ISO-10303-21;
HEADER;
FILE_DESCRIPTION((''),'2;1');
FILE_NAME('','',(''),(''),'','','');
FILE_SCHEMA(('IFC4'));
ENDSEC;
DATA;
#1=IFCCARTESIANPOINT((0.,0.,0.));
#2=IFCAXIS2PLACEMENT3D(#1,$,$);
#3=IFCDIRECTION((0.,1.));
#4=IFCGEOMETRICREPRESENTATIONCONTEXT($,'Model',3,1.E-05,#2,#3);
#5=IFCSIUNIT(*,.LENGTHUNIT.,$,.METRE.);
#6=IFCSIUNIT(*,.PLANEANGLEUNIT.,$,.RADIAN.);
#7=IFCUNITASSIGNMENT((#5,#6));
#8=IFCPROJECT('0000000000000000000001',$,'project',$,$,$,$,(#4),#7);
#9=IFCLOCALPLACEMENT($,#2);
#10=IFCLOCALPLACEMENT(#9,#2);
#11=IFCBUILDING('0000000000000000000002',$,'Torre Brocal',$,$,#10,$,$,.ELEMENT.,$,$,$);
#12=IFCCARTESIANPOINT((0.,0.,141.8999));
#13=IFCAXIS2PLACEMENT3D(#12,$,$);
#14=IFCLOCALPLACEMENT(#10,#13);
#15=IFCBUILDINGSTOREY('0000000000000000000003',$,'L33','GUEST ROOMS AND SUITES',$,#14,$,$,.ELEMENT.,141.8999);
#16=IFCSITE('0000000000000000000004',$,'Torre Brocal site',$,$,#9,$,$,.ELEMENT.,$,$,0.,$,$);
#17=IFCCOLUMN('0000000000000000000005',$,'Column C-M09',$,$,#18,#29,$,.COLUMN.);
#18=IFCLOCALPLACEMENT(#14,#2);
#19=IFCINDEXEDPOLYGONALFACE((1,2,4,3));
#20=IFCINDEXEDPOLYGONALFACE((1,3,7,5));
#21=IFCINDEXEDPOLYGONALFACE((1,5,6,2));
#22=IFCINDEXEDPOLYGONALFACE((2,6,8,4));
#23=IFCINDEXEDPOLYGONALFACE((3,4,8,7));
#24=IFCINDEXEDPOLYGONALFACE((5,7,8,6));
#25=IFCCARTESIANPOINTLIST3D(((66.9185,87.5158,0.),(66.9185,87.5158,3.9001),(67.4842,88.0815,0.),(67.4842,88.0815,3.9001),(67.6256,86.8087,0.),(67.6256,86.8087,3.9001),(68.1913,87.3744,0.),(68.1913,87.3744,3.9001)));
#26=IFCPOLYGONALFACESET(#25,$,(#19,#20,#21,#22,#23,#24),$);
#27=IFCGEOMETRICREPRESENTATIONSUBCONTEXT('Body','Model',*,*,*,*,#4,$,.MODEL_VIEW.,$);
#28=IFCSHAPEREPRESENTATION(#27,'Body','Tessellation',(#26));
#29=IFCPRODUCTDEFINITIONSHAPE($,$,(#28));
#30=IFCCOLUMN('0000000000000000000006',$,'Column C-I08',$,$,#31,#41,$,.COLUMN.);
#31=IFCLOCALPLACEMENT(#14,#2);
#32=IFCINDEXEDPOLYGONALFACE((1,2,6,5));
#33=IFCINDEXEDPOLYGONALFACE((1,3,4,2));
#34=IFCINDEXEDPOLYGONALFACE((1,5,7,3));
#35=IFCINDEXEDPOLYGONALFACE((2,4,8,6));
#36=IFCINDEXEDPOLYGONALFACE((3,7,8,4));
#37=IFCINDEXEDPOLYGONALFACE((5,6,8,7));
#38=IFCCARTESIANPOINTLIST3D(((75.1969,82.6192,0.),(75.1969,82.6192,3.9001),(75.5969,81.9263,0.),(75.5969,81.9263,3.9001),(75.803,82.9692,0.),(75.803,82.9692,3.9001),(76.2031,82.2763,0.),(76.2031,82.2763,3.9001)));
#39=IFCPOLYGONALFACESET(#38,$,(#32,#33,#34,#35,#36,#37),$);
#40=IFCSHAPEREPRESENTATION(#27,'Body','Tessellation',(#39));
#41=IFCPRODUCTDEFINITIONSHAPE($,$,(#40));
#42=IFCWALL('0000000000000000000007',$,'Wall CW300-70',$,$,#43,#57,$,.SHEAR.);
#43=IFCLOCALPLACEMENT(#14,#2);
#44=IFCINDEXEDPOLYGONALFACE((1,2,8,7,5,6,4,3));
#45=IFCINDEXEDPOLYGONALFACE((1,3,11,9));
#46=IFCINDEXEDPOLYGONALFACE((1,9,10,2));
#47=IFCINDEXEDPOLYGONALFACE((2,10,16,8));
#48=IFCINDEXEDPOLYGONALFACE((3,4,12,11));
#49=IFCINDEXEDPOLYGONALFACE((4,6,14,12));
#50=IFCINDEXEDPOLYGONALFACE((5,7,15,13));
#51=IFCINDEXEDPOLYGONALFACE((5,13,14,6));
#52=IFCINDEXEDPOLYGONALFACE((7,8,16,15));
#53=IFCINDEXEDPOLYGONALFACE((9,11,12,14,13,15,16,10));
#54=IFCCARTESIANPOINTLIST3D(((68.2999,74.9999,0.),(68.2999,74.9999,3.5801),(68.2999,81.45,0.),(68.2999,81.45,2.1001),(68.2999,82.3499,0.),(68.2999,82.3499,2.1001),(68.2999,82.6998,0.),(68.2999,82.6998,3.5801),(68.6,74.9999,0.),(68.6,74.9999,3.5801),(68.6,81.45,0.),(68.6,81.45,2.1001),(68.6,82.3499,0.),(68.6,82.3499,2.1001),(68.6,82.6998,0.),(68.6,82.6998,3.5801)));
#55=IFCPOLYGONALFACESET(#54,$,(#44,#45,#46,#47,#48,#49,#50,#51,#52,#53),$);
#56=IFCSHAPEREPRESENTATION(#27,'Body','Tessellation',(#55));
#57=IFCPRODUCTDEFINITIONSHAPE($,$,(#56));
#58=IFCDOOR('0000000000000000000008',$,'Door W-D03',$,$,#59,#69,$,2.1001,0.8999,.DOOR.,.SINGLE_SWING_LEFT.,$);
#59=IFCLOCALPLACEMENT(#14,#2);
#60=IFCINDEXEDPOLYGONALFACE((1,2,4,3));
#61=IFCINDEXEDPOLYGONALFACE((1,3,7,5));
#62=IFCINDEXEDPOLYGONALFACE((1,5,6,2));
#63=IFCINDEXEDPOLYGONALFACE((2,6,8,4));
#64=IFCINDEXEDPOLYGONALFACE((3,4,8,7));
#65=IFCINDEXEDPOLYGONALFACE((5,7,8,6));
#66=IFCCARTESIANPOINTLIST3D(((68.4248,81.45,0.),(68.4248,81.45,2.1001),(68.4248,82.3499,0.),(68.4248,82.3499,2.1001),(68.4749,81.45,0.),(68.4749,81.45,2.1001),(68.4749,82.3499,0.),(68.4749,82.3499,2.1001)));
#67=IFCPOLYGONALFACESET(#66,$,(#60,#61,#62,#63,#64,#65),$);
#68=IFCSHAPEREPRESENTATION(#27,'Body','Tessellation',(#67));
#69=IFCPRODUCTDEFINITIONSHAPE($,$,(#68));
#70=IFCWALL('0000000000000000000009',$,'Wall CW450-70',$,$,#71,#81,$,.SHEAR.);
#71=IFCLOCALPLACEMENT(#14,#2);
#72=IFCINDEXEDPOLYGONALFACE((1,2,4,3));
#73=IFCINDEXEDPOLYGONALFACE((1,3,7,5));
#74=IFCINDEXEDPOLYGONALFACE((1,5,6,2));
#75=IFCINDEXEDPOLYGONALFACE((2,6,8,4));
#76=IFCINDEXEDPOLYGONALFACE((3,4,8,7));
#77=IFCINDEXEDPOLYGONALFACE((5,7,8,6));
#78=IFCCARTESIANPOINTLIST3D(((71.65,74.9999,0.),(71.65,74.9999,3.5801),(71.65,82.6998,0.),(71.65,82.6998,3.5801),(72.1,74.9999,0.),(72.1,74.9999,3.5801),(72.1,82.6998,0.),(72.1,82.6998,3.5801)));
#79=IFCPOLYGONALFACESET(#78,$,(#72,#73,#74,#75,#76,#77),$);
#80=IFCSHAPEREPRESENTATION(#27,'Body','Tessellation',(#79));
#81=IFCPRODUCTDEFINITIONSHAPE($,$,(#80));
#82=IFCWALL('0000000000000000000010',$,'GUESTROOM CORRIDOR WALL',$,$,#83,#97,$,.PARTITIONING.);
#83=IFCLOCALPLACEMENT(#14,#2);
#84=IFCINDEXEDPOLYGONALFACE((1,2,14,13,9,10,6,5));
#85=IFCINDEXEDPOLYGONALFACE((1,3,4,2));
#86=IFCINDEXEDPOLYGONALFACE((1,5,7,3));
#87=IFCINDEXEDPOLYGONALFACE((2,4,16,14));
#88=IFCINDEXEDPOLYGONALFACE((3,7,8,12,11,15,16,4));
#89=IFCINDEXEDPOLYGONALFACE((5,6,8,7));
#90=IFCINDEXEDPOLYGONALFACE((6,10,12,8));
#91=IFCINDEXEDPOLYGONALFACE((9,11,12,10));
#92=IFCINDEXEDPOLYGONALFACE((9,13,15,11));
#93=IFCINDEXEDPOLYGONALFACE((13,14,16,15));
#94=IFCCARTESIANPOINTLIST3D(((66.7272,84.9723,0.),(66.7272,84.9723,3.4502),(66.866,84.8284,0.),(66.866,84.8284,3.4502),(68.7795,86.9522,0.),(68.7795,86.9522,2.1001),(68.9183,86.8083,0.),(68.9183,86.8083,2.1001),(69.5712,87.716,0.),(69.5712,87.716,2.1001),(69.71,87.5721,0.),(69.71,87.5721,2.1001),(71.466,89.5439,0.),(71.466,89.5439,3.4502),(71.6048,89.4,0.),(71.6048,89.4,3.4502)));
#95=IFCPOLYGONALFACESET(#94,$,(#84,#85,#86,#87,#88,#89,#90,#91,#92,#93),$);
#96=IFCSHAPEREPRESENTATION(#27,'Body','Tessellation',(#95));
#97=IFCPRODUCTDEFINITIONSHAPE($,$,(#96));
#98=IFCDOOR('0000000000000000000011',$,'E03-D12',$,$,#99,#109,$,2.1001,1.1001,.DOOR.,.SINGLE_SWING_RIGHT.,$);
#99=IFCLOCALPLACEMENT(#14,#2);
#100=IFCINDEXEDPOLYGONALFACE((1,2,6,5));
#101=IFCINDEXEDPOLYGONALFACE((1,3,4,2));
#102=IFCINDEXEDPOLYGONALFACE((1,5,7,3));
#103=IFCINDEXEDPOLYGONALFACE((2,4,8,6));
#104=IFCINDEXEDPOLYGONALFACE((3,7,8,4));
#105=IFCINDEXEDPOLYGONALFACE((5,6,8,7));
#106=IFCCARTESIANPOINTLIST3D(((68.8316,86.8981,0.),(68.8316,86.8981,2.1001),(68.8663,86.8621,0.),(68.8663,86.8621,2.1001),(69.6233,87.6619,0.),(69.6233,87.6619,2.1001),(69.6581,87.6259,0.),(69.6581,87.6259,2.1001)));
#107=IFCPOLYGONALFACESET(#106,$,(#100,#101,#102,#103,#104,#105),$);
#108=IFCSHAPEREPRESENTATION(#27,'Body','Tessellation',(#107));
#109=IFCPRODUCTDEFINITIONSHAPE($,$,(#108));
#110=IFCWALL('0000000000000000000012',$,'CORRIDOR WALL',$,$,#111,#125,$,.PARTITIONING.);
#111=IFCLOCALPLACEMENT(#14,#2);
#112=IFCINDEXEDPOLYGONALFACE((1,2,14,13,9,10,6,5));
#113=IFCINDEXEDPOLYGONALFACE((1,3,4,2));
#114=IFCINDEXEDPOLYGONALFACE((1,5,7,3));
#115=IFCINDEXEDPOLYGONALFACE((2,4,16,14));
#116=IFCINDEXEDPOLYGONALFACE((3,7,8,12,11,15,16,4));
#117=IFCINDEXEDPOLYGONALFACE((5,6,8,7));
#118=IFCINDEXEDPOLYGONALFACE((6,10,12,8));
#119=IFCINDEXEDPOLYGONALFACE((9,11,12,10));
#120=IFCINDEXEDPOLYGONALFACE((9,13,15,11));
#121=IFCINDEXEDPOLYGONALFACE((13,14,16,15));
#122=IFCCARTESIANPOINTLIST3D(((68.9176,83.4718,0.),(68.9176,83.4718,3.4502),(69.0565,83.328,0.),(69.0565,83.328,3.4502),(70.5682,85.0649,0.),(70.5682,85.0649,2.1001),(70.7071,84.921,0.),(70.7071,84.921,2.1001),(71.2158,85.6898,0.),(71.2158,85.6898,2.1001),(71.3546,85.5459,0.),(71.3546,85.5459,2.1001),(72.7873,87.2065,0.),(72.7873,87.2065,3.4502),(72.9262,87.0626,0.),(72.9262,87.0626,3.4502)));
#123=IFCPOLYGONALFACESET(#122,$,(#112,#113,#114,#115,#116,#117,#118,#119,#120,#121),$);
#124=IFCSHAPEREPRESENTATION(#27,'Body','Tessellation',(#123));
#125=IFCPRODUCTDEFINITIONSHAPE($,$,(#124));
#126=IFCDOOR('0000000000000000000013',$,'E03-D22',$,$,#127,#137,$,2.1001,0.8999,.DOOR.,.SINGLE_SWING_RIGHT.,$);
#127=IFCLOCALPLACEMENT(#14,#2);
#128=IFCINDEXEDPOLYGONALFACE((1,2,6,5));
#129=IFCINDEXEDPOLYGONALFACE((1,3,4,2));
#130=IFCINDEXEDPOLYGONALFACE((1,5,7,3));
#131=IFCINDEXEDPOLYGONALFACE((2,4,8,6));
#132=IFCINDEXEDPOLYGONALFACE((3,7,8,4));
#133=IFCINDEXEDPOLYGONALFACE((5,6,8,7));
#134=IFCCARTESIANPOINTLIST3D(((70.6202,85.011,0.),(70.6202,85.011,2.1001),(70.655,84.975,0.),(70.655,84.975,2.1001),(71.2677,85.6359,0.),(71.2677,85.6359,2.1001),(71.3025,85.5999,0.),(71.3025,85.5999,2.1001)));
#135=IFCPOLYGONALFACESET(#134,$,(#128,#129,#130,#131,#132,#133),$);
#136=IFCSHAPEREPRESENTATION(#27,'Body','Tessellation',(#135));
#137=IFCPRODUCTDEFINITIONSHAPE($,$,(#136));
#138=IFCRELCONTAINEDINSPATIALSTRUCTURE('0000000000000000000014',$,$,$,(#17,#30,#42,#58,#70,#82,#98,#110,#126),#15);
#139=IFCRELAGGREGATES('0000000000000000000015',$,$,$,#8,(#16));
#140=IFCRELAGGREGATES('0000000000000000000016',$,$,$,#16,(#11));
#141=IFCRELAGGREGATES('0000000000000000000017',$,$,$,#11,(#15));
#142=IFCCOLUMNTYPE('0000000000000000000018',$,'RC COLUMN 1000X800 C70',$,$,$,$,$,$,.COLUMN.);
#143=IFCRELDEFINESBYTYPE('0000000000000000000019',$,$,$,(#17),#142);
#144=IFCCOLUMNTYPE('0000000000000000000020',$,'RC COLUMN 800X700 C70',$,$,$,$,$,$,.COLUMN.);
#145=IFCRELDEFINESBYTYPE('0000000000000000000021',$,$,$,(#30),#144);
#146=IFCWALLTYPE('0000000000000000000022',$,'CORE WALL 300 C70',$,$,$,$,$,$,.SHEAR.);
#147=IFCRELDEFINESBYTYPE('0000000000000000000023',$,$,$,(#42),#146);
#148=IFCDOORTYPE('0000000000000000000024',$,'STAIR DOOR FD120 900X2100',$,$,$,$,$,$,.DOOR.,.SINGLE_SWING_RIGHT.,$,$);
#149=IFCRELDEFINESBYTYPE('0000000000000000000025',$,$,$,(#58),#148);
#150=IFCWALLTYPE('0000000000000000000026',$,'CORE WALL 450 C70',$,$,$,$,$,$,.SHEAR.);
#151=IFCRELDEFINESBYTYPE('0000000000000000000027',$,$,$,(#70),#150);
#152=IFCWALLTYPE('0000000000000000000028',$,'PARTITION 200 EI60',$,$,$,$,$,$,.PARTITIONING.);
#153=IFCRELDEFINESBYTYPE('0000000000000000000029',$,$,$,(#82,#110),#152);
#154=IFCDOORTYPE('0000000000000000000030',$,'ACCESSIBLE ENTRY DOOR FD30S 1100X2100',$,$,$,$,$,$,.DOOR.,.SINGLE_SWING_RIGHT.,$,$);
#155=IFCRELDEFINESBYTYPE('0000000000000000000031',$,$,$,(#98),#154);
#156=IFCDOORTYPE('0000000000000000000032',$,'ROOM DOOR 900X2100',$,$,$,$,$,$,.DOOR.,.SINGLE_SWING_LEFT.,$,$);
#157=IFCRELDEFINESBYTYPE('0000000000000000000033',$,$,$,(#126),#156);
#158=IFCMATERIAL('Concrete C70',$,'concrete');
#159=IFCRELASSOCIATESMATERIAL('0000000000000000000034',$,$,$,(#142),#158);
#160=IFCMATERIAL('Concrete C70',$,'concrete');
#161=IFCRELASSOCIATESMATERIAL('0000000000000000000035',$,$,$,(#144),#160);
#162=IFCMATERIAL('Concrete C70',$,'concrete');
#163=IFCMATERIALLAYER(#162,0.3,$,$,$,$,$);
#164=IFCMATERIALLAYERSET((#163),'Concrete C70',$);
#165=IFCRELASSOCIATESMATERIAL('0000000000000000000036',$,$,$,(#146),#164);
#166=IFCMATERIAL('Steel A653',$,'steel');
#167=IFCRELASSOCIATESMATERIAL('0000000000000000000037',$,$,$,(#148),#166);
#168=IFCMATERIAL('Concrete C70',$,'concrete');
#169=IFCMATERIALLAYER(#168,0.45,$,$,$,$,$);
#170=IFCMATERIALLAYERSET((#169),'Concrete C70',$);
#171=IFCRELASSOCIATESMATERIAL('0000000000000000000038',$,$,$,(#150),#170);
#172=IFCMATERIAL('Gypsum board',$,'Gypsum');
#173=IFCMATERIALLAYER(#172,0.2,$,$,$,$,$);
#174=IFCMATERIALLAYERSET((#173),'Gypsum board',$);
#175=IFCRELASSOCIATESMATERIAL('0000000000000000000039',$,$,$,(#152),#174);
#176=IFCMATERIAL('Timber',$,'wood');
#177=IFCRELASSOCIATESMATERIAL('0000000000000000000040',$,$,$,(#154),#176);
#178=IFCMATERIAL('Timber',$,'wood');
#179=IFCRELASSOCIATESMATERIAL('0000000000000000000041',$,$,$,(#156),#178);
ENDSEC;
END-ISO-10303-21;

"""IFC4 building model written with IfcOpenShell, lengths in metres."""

from ifc_helpers import new_model, si_unit, direction, frame, frame_2d, origin, origin_2d, place, context, subcontext, project, spatial, rectangle, extrude, material, layer, layer_set, material_profile, profile_set, type_object, element, fill, save


model = new_model("IFC4")

# Units and contexts
model_context = context("Model", 3, precision=1e-05, world=origin(), true_north=direction((0.0, 1.0)))
body_context = subcontext(model_context, "Body", "Model", "MODEL_VIEW")
ifc_project = project(units=[si_unit("LENGTHUNIT", "METRE"), si_unit("PLANEANGLEUNIT", "RADIAN")], contexts=[model_context])

# Site, building, storey
site_placement = place(None, origin())
site = spatial("IfcSite", under=ifc_project, at=site_placement, Name="Torre Brocal site", CompositionType="ELEMENT", RefElevation=0.0)
building_placement = place(site_placement, origin())
building = spatial("IfcBuilding", under=site, at=building_placement, Name="Torre Brocal", CompositionType="ELEMENT")
storey_placement = place(building_placement, frame((0.0, 0.0, 141.8999)))
storey = spatial("IfcBuildingStorey", under=building, at=storey_placement, Name="L33", Description="GUEST ROOMS AND SUITES", CompositionType="ELEMENT", Elevation=141.8999)

# Columns
ifc_material_1 = material(Name="Concrete C70", Category="concrete")
ifc_material_profile_1 = material_profile(ifc_material_1, rectangle(XDim=1.0, YDim=0.8, at=origin_2d()), Name="RC 1000X800")
ifc_profile_set_1 = profile_set([ifc_material_profile_1], Name="Concrete C70")
column_type_1 = type_object("IfcColumnType", Name="RC COLUMN 1000X800 C70", PredefinedType="COLUMN", material=ifc_profile_set_1)
column_1_placement = place(storey_placement, frame((67.5549, 87.4451, 0.0), z_axis=(0.0, 0.0, 1.0), x_axis=(-0.707107, 0.707107, 0.0)))
element("IfcColumn", 1, at=column_1_placement, inside=storey, type_object=column_type_1, Name="Column C-M09", PredefinedType="COLUMN", context=body_context, shape_type="SweptSolid", body=[
    extrude(rectangle(XDim=1.0, YDim=0.8, at=origin_2d()), origin(), (0.0, 0.0, 1.0), 3.9001),
])
ifc_material_2 = material(Name="Concrete C70", Category="concrete")
ifc_material_profile_2 = material_profile(ifc_material_2, rectangle(XDim=0.8, YDim=0.7, at=origin_2d()), Name="RC 800X700")
ifc_profile_set_2 = profile_set([ifc_material_profile_2], Name="Concrete C70")
column_type_2 = type_object("IfcColumnType", Name="RC COLUMN 800X700 C70", PredefinedType="COLUMN", material=ifc_profile_set_2)
column_2_placement = place(storey_placement, frame((75.7, 82.4478, 0.0), z_axis=(0.0, 0.0, 1.0), x_axis=(-0.5, 0.866025, 0.0)))
element("IfcColumn", 2, at=column_2_placement, inside=storey, type_object=column_type_2, Name="Column C-I08", PredefinedType="COLUMN", context=body_context, shape_type="SweptSolid", body=[
    extrude(rectangle(XDim=0.8, YDim=0.7, at=origin_2d()), origin(), (0.0, 0.0, 1.0), 3.9001),
])

# Wall, opening, door
ifc_material_3 = material(Name="Concrete C70", Category="concrete")
ifc_layer_1 = layer(ifc_material_3, 0.3)
ifc_layer_set_1 = layer_set([ifc_layer_1], Name="Concrete C70")
wall_type_1 = type_object("IfcWallType", Name="CORE WALL 300 C70", PredefinedType="SHEAR", material=ifc_layer_set_1)
wall_1_placement = place(storey_placement, frame((68.45, 82.7, 0.0), z_axis=(0.0, 0.0, 1.0), x_axis=(0.0, -1.0, 0.0)))
wall_1 = element("IfcWall", 3, at=wall_1_placement, inside=storey, type_object=wall_type_1, Name="Wall CW300-70", PredefinedType="SHEAR", context=body_context, shape_type="SweptSolid", body=[
    extrude(rectangle(XDim=7.7, YDim=0.3, at=frame_2d((3.8501, 0.0))), origin(), (0.0, 0.0, 1.0), 3.5801),
])
opening_1_placement = place(wall_1_placement, frame((0.3501, 0.0, 0.0)))
opening_1 = element("IfcOpeningElement", 4, at=opening_1_placement, cuts=wall_1, PredefinedType="OPENING", context=body_context, shape_type="SweptSolid", body=[
    extrude(rectangle(XDim=0.8999, YDim=2.1001, at=frame_2d((0.45, 1.05))), frame((0.0, 0.1599, 0.0), z_axis=(0.0, -1.0, 0.0), x_axis=(1.0, 0.0, 0.0)), (0.0, 0.0, 1.0), 0.3201),
])
ifc_material_4 = material(Name="Steel A653", Category="steel")
door_type_1 = type_object("IfcDoorType", Name="STAIR DOOR FD120 900X2100", OperationType="SINGLE_SWING_RIGHT", PredefinedType="DOOR", material=ifc_material_4)
door_1_placement = place(opening_1_placement, origin())
door_1 = element("IfcDoor", 5, at=door_1_placement, inside=storey, type_object=door_type_1, Name="Door W-D03", OperationType="SINGLE_SWING_LEFT", OverallHeight=2.1001, OverallWidth=0.8999, PredefinedType="DOOR", context=body_context, shape_type="SweptSolid", body=[
    extrude(rectangle(XDim=0.8999, YDim=2.1001, at=frame_2d((0.45, 1.05))), frame((0.0, 0.0249, 0.0), z_axis=(0.0, -1.0, 0.0), x_axis=(1.0, 0.0, 0.0)), (0.0, 0.0, 1.0), 0.05),
])
fill(opening_1, door_1)

# Wall
ifc_material_5 = material(Name="Concrete C70", Category="concrete")
ifc_layer_2 = layer(ifc_material_5, 0.45)
ifc_layer_set_2 = layer_set([ifc_layer_2], Name="Concrete C70")
wall_type_2 = type_object("IfcWallType", Name="CORE WALL 450 C70", PredefinedType="SHEAR", material=ifc_layer_set_2)
wall_2_placement = place(storey_placement, frame((71.875, 82.7, 0.0), z_axis=(0.0, 0.0, 1.0), x_axis=(0.0, -1.0, 0.0)))
element("IfcWall", 6, at=wall_2_placement, inside=storey, type_object=wall_type_2, Name="Wall CW450-70", PredefinedType="SHEAR", context=body_context, shape_type="SweptSolid", body=[
    extrude(rectangle(XDim=7.7, YDim=0.45, at=frame_2d((3.8501, 0.0))), origin(), (0.0, 0.0, 1.0), 3.5801),
])

# Walls, openings, doors
ifc_material_6 = material(Name="Gypsum board", Category="Gypsum")
ifc_layer_3 = layer(ifc_material_6, 0.2)
ifc_layer_set_3 = layer_set([ifc_layer_3], Name="Gypsum board")
wall_type_3 = type_object("IfcWallType", Name="PARTITION 200 EI60", PredefinedType="PARTITIONING", material=ifc_layer_set_3)
wall_3_placement = place(storey_placement, frame((66.7966, 84.9004, 0.0), z_axis=(0.0, 0.0, 1.0), x_axis=(0.719692, 0.694293, 0.0)))
wall_3 = element("IfcWall", 7, at=wall_3_placement, inside=storey, type_object=wall_type_3, Name="GUESTROOM CORRIDOR WALL", PredefinedType="PARTITIONING", context=body_context, shape_type="SweptSolid", body=[
    extrude(rectangle(XDim=6.5845, YDim=0.2, at=frame_2d((3.2922, 0.0))), origin(), (0.0, 0.0, 1.0), 3.4502),
])
opening_2_placement = place(wall_3_placement, frame((2.8516, 0.0, 0.0)))
opening_2 = element("IfcOpeningElement", 8, at=opening_2_placement, cuts=wall_3, PredefinedType="OPENING", context=body_context, shape_type="SweptSolid", body=[
    extrude(rectangle(XDim=1.1001, YDim=2.1001, at=frame_2d((0.55, 1.05))), frame((0.0, 0.1099, 0.0), z_axis=(0.0, -1.0, 0.0), x_axis=(1.0, 0.0, 0.0)), (0.0, 0.0, 1.0), 0.22),
])
ifc_material_7 = material(Name="Timber", Category="wood")
door_type_2 = type_object("IfcDoorType", Name="ACCESSIBLE ENTRY DOOR FD30S 1100X2100", OperationType="SINGLE_SWING_RIGHT", PredefinedType="DOOR", material=ifc_material_7)
door_2_placement = place(opening_2_placement, origin())
door_2 = element("IfcDoor", 9, at=door_2_placement, inside=storey, type_object=door_type_2, Name="E03-D12", OperationType="SINGLE_SWING_RIGHT", OverallHeight=2.1001, OverallWidth=1.1001, PredefinedType="DOOR", context=body_context, shape_type="SweptSolid", body=[
    extrude(rectangle(XDim=1.1001, YDim=2.1001, at=frame_2d((0.55, 1.05))), frame((0.0, 0.0249, 0.0), z_axis=(0.0, -1.0, 0.0), x_axis=(1.0, 0.0, 0.0)), (0.0, 0.0, 1.0), 0.05),
])
fill(opening_2, door_2)
wall_4_placement = place(storey_placement, frame((68.9871, 83.3999, 0.0), z_axis=(0.0, 0.0, 1.0), x_axis=(0.719548, 0.694443, 0.0)))
wall_4 = element("IfcWall", 10, at=wall_4_placement, inside=storey, type_object=wall_type_3, Name="CORRIDOR WALL", PredefinedType="PARTITIONING", context=body_context, shape_type="SweptSolid", body=[
    extrude(rectangle(XDim=5.3779, YDim=0.2, at=frame_2d((2.689, 0.0))), origin(), (0.0, 0.0, 1.0), 3.4502),
])
opening_3_placement = place(wall_4_placement, frame((2.2939, 0.0, 0.0)))
opening_3 = element("IfcOpeningElement", 11, at=opening_3_placement, cuts=wall_4, PredefinedType="OPENING", context=body_context, shape_type="SweptSolid", body=[
    extrude(rectangle(XDim=0.8999, YDim=2.1001, at=frame_2d((0.45, 1.05))), frame((0.0, 0.1099, 0.0), z_axis=(0.0, -1.0, 0.0), x_axis=(1.0, 0.0, 0.0)), (0.0, 0.0, 1.0), 0.22),
])
ifc_material_8 = material(Name="Timber", Category="wood")
door_type_3 = type_object("IfcDoorType", Name="ROOM DOOR 900X2100", OperationType="SINGLE_SWING_LEFT", PredefinedType="DOOR", material=ifc_material_8)
door_3_placement = place(opening_3_placement, frame((0.8999, 0.0, 0.0), z_axis=(0.0, 0.0, 1.0), x_axis=(-1.0, 0.0, 0.0)))
door_3 = element("IfcDoor", 12, at=door_3_placement, inside=storey, type_object=door_type_3, Name="E03-D22", OperationType="SINGLE_SWING_RIGHT", OverallHeight=2.1001, OverallWidth=0.8999, PredefinedType="DOOR", context=body_context, shape_type="SweptSolid", body=[
    extrude(rectangle(XDim=0.8999, YDim=2.1001, at=frame_2d((0.45, 1.05))), frame((0.0, 0.0249, 0.0), z_axis=(0.0, -1.0, 0.0), x_axis=(1.0, 0.0, 0.0)), (0.0, 0.0, 1.0), 0.05),
])
fill(opening_3, door_3)

save(model, "model.ifc")
